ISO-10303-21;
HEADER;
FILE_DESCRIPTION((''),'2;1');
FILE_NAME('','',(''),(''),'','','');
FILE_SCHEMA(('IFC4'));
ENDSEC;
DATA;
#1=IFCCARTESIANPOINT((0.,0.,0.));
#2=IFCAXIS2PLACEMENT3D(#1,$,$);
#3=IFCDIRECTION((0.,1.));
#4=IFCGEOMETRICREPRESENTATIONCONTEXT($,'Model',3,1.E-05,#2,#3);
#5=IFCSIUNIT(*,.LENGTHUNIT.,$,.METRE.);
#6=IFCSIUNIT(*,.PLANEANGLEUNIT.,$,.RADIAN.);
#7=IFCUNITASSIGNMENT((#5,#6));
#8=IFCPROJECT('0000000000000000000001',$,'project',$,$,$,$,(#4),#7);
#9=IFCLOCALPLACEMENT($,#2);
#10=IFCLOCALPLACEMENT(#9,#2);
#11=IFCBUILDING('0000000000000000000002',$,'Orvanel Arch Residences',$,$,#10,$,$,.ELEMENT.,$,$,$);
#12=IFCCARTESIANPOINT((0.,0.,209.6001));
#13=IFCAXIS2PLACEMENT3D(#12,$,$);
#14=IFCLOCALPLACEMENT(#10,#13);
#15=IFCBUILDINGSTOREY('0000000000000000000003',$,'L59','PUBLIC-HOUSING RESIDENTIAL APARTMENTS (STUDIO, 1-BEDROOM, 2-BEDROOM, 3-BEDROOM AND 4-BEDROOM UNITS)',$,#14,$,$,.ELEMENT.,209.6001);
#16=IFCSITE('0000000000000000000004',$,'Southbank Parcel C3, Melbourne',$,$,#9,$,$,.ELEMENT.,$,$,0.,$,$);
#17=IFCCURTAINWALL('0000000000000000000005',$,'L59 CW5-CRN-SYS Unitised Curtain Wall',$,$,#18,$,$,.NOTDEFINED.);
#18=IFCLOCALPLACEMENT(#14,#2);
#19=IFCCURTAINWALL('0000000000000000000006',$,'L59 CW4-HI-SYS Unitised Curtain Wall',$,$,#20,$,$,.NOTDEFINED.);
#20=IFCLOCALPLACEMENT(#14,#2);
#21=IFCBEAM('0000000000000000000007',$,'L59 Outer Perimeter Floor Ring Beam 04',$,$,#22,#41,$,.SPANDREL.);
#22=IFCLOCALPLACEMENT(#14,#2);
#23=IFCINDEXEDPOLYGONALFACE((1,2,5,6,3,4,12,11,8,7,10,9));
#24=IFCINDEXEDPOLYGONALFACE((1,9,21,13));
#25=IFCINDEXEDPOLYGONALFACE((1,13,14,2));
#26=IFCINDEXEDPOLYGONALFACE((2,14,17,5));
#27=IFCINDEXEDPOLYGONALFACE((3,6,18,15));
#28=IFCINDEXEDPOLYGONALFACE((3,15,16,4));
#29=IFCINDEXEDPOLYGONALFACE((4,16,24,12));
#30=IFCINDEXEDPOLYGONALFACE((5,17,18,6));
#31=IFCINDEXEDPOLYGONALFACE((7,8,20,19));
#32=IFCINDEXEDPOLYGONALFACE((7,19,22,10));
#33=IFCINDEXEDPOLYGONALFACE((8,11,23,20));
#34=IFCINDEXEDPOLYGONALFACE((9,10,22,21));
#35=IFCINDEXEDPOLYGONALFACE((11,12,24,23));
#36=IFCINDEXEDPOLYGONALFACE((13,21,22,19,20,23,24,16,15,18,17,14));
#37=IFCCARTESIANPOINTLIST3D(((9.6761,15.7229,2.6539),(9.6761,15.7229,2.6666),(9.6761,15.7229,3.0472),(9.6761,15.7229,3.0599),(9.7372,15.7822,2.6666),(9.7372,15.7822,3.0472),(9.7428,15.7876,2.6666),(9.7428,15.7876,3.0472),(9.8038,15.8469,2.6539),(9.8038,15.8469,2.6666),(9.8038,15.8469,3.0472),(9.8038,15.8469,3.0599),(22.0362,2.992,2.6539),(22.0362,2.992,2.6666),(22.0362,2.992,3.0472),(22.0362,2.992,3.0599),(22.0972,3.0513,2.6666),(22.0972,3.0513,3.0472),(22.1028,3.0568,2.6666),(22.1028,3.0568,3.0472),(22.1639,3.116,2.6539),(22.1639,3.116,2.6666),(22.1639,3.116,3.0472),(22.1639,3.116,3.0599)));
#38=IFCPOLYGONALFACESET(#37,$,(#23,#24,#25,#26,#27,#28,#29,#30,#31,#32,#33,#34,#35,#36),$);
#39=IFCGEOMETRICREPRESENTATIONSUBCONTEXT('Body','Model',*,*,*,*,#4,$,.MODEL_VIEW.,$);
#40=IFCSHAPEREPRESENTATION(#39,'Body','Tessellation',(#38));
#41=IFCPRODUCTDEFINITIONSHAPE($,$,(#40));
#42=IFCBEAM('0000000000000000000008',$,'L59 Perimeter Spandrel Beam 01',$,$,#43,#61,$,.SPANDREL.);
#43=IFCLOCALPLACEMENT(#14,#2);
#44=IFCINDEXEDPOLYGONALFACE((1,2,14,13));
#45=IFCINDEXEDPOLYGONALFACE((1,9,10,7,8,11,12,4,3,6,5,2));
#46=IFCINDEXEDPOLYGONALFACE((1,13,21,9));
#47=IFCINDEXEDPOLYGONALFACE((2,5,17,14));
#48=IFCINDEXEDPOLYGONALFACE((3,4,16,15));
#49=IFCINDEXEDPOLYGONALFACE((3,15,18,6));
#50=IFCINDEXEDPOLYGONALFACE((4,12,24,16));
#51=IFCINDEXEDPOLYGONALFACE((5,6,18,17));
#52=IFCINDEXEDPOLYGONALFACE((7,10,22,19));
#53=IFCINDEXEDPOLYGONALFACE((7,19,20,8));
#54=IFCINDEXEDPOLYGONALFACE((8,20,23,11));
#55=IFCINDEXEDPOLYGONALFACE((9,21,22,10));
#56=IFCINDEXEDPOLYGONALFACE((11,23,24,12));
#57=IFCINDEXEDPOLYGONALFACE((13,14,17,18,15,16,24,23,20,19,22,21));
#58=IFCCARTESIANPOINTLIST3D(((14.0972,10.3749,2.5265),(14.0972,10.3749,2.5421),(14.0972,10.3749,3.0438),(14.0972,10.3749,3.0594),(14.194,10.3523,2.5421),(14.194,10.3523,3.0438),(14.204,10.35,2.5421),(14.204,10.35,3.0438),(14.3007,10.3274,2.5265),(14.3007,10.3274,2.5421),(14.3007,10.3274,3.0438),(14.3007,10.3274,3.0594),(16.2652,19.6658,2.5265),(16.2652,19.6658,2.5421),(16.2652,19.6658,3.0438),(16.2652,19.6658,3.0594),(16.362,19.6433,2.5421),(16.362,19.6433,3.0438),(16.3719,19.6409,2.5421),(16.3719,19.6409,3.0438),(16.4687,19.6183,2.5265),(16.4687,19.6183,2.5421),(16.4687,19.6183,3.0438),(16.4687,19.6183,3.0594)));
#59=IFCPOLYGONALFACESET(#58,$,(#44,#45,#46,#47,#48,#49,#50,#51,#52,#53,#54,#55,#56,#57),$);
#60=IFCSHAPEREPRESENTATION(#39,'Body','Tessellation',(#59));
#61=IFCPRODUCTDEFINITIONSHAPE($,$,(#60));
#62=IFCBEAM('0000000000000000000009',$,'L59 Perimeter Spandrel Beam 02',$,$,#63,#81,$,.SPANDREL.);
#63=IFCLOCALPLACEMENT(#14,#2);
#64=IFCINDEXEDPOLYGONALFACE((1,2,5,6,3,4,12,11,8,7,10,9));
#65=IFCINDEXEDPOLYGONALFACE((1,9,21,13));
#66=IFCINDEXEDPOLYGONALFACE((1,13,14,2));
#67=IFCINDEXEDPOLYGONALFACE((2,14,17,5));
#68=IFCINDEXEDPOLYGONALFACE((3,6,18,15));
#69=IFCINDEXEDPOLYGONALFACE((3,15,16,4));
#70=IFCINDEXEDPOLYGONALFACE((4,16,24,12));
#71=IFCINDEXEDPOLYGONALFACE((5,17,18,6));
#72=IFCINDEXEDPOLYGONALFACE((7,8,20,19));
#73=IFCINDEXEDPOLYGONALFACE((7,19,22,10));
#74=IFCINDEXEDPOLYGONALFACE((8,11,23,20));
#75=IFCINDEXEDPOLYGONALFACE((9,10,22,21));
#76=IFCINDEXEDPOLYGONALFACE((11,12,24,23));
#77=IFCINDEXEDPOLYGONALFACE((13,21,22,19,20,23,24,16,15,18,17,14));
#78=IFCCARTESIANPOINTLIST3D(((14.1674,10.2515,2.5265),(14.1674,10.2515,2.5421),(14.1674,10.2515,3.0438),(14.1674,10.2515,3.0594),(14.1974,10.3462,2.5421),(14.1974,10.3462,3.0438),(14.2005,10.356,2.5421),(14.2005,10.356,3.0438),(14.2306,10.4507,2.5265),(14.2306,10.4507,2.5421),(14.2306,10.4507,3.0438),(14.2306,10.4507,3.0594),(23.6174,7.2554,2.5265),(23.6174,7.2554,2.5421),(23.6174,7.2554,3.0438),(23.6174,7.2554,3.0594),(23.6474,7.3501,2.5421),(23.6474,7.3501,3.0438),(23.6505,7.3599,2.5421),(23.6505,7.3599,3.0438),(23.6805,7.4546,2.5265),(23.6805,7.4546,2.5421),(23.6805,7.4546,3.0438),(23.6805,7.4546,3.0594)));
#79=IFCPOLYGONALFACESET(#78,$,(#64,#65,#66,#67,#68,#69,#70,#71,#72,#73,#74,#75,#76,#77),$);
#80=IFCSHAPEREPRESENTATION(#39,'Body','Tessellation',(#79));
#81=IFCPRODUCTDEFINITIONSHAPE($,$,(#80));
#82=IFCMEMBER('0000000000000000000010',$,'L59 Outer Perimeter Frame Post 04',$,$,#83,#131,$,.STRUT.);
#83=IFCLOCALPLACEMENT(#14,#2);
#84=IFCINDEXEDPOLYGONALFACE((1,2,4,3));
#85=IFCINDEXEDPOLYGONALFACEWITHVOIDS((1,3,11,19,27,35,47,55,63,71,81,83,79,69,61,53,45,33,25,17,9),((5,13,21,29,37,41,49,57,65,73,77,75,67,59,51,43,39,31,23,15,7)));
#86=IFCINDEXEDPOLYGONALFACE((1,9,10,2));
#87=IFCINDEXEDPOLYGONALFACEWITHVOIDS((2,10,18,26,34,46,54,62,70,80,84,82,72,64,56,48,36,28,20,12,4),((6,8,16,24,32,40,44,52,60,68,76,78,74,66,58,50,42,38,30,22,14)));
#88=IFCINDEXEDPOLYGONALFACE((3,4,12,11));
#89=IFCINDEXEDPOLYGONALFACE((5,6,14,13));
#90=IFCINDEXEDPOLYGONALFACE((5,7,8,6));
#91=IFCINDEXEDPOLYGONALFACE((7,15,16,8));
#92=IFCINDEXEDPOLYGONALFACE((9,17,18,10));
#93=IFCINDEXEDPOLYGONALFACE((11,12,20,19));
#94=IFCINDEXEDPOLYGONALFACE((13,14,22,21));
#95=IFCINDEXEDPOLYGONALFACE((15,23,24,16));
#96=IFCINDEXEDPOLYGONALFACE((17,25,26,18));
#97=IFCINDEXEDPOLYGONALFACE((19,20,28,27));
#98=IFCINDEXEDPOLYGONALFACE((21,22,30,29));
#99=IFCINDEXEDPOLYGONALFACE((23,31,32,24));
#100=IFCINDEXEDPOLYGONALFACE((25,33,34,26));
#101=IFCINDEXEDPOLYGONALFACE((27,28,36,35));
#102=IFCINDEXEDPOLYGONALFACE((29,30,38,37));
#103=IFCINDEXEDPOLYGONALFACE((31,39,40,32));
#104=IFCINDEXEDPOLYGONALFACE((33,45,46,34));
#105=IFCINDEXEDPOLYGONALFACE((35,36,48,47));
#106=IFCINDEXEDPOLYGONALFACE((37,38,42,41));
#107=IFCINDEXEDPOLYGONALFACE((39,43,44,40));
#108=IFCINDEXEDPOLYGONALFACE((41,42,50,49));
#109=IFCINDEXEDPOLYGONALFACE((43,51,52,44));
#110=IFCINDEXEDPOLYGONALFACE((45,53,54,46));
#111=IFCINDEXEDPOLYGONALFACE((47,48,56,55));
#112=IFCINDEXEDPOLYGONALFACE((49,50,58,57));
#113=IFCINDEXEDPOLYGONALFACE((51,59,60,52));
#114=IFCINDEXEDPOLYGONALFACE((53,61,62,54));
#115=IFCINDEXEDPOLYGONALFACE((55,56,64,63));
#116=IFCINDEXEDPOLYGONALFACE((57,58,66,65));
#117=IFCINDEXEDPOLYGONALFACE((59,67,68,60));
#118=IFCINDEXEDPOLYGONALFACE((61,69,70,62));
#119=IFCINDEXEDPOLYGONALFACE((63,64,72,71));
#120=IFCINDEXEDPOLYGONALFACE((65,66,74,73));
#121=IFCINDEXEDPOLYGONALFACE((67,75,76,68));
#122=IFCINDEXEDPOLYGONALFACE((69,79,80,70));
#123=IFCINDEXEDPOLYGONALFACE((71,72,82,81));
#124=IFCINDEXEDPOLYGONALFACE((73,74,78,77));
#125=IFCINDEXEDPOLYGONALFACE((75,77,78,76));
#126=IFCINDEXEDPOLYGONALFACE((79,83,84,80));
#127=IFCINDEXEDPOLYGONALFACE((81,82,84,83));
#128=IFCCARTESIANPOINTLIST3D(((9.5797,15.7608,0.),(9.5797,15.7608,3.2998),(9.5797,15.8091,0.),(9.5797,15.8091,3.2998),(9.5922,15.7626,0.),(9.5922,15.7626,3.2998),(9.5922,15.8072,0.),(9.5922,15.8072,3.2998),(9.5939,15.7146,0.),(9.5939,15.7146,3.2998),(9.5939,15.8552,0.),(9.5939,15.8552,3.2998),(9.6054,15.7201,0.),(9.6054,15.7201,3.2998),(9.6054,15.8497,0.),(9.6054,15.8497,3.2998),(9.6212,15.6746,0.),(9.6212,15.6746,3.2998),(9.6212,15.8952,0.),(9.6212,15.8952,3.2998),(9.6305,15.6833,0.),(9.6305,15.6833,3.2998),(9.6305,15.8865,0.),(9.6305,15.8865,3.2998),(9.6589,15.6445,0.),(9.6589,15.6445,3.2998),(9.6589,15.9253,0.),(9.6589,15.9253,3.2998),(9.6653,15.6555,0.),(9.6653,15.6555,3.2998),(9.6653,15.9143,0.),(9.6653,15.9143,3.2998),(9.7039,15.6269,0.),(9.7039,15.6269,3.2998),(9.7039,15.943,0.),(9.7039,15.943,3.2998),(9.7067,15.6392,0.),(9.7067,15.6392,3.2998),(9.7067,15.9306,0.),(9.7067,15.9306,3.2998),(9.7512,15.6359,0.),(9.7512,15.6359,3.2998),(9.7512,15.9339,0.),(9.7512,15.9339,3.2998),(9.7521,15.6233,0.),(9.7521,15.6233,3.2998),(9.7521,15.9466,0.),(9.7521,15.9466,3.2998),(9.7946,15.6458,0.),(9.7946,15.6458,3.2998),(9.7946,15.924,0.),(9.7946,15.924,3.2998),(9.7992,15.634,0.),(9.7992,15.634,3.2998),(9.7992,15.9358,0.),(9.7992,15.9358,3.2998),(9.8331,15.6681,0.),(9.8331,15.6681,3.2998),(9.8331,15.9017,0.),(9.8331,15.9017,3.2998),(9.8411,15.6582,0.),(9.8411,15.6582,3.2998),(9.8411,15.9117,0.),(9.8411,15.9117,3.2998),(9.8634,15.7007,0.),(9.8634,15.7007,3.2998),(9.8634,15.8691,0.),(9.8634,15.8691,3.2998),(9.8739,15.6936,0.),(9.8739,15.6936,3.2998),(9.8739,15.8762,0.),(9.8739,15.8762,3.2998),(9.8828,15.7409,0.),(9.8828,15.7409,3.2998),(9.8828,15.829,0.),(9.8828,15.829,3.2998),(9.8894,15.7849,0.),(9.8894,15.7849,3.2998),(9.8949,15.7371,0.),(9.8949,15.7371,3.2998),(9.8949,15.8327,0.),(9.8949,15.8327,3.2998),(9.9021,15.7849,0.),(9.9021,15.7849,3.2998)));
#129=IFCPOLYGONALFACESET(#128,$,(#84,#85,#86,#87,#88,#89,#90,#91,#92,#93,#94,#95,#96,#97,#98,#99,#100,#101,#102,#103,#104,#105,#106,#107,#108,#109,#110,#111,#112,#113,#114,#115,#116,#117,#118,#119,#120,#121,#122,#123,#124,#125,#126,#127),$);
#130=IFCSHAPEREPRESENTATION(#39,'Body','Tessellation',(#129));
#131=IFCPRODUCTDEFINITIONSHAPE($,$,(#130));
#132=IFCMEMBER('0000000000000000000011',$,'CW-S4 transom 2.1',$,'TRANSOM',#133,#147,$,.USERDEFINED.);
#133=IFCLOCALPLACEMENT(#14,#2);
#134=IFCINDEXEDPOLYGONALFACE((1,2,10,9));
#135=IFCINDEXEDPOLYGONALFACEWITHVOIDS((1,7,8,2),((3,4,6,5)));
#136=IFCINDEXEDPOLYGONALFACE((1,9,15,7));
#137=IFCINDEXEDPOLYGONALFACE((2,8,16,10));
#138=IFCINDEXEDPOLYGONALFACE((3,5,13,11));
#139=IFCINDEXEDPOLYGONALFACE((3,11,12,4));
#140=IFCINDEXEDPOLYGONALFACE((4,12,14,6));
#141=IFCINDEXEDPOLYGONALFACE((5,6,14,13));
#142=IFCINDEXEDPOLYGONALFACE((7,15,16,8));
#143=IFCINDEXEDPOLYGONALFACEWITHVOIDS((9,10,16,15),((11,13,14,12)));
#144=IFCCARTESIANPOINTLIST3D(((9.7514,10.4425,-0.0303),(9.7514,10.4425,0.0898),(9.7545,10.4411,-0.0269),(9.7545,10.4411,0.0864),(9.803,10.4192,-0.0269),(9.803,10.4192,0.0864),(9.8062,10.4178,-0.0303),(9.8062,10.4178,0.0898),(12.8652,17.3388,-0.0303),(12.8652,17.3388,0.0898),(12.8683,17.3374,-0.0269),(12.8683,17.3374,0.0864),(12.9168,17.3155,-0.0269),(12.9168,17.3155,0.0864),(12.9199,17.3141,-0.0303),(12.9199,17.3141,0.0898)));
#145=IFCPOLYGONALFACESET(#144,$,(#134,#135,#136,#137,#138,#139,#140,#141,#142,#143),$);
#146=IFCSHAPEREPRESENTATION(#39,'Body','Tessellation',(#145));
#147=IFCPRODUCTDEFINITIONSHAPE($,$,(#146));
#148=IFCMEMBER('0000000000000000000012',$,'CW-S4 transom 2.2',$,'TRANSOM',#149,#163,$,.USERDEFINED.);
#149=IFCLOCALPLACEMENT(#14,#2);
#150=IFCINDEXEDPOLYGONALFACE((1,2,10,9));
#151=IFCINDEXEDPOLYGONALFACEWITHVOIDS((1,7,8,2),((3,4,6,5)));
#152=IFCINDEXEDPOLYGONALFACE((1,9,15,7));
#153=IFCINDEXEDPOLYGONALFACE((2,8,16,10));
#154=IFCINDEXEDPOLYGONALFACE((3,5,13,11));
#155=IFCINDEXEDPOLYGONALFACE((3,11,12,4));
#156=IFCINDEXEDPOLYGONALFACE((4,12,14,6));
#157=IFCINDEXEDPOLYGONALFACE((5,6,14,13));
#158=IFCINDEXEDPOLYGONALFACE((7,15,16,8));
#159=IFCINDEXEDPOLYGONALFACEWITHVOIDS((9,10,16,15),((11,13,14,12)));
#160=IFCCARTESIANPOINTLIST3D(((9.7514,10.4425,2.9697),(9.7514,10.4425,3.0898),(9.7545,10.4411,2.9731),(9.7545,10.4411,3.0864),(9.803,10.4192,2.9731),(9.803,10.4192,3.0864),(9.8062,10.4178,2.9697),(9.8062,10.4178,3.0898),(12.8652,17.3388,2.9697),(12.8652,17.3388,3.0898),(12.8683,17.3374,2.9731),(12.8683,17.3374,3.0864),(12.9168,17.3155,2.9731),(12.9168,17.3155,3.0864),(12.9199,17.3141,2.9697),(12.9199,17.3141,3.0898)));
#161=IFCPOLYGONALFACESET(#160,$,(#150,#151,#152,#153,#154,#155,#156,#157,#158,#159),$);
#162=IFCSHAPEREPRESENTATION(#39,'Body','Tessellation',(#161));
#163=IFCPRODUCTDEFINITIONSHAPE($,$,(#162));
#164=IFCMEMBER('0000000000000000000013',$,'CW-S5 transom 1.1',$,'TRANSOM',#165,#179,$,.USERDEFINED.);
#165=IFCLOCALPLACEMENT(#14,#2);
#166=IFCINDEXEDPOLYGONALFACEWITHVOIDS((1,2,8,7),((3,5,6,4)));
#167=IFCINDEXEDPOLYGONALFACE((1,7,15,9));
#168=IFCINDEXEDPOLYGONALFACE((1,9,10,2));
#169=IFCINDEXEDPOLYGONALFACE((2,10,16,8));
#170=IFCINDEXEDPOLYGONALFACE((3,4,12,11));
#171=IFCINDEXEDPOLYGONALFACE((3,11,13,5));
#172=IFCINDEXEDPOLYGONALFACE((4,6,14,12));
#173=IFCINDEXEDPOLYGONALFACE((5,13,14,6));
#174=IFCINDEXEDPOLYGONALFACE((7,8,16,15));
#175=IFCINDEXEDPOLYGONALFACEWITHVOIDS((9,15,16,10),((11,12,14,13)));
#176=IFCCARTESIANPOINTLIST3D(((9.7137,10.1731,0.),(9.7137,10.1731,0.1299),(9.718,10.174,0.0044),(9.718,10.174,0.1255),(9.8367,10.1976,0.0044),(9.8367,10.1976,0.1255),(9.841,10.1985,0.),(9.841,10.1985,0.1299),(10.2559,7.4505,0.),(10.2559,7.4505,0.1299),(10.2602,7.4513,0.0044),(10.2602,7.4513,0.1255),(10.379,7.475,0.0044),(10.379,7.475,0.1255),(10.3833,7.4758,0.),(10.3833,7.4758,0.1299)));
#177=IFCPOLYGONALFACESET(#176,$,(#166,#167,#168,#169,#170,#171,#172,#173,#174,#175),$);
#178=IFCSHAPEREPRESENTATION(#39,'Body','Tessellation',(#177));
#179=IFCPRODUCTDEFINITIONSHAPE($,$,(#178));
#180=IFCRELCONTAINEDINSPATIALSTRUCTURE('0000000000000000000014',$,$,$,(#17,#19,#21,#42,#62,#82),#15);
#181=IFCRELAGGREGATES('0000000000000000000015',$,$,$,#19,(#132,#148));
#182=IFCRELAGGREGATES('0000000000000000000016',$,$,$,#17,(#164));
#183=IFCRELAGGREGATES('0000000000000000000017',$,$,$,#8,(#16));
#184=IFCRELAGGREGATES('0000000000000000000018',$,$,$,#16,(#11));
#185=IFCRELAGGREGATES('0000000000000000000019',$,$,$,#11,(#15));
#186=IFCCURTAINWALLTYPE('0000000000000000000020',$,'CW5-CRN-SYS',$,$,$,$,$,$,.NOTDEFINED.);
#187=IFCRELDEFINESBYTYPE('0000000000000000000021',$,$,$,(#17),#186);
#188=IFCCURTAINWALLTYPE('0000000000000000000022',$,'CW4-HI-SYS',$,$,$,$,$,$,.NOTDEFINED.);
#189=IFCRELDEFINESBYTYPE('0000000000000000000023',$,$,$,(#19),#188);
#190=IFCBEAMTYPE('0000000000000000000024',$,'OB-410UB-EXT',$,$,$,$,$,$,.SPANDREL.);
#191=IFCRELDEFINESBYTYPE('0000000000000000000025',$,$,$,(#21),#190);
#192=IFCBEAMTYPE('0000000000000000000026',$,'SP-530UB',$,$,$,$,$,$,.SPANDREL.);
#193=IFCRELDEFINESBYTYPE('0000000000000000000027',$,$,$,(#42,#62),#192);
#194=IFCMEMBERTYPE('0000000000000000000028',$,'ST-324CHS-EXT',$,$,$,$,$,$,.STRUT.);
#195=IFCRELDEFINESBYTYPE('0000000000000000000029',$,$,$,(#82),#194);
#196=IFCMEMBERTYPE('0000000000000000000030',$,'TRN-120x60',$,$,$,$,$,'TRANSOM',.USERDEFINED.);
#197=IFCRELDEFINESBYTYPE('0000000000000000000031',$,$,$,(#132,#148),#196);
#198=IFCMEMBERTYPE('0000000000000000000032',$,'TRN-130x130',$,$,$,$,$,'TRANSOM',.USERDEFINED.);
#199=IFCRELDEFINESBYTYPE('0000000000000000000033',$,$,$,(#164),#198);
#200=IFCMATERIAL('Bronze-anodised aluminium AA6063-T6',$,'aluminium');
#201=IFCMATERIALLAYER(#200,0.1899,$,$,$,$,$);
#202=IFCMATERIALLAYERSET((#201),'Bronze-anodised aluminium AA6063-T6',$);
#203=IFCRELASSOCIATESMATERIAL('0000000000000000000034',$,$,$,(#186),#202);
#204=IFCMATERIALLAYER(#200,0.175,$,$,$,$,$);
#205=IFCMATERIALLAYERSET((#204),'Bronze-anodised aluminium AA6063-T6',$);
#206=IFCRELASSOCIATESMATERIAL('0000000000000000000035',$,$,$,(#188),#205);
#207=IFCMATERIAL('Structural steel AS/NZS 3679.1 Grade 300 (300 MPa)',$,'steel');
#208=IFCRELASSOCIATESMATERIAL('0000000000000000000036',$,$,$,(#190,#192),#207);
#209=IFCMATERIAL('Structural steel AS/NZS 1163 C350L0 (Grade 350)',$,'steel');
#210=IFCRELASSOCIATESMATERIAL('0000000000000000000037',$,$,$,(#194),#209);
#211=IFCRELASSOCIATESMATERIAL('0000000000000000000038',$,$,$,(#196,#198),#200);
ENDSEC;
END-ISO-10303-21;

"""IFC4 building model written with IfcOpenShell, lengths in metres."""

from ifc_helpers import new_model, si_unit, direction, frame, origin, origin_2d, place, context, subcontext, project, spatial, hollow_rectangle, hollow_circle, i_section, extrude, material, layer, layer_set, material_profile, profile_set, type_object, element, aggregate, save


model = new_model("IFC4")

# Units and contexts
model_context = context("Model", 3, precision=1e-05, world=origin(), true_north=direction((0.0, 1.0)))
body_context = subcontext(model_context, "Body", "Model", "MODEL_VIEW")
ifc_project = project(units=[si_unit("LENGTHUNIT", "METRE"), si_unit("PLANEANGLEUNIT", "RADIAN")], contexts=[model_context])

# Site, building, storey
site_placement = place(None, origin())
site = spatial("IfcSite", under=ifc_project, at=site_placement, Name="Southbank Parcel C3, Melbourne", CompositionType="ELEMENT", RefElevation=0.0)
building_placement = place(site_placement, origin())
building = spatial("IfcBuilding", under=site, at=building_placement, Name="Orvanel Arch Residences", CompositionType="ELEMENT")
storey_placement = place(building_placement, frame((0.0, 0.0, 209.6001)))
storey = spatial("IfcBuildingStorey", under=building, at=storey_placement, Name="L59", Description="PUBLIC-HOUSING RESIDENTIAL APARTMENTS (STUDIO, 1-BEDROOM, 2-BEDROOM, 3-BEDROOM AND 4-BEDROOM UNITS)", CompositionType="ELEMENT", Elevation=209.6001)

# Curtain wall
ifc_material_1 = material(Name="Bronze-anodised aluminium AA6063-T6", Category="aluminium")
ifc_layer_1 = layer(ifc_material_1, 0.1899)
ifc_layer_set_1 = layer_set([ifc_layer_1], Name="Bronze-anodised aluminium AA6063-T6")
curtain_wall_type_1 = type_object("IfcCurtainWallType", Name="CW5-CRN-SYS", PredefinedType="NOTDEFINED", material=ifc_layer_set_1)
curtain_wall_1_placement = place(storey_placement, origin())
curtain_wall_1 = element("IfcCurtainWall", 1, at=curtain_wall_1_placement, inside=storey, type_object=curtain_wall_type_1, Name="L59 CW5-CRN-SYS Unitised Curtain Wall", PredefinedType="NOTDEFINED")

# Curtain wall
ifc_layer_2 = layer(ifc_material_1, 0.175)
ifc_layer_set_2 = layer_set([ifc_layer_2], Name="Bronze-anodised aluminium AA6063-T6")
curtain_wall_type_2 = type_object("IfcCurtainWallType", Name="CW4-HI-SYS", PredefinedType="NOTDEFINED", material=ifc_layer_set_2)
curtain_wall_2_placement = place(storey_placement, origin())
curtain_wall_2 = element("IfcCurtainWall", 2, at=curtain_wall_2_placement, inside=storey, type_object=curtain_wall_type_2, Name="L59 CW4-HI-SYS Unitised Curtain Wall", PredefinedType="NOTDEFINED")

# Beams
ifc_material_2 = material(Name="Structural steel AS/NZS 3679.1 Grade 300 (300 MPa)", Category="steel")
ifc_material_profile_1 = material_profile(ifc_material_2, i_section(OverallWidth=0.178, OverallDepth=0.406, WebThickness=0.0078, FlangeThickness=0.0127, at=origin_2d()), Name="410UB59.7")
ifc_profile_set_1 = profile_set([ifc_material_profile_1], Name="Structural steel AS/NZS 3679.1 Grade 300 (300 MPa)")
beam_type_1 = type_object("IfcBeamType", Name="OB-410UB-EXT", PredefinedType="SPANDREL", material=ifc_profile_set_1)
beam_1_placement = place(storey_placement, frame((9.74, 15.7849, 2.8569), z_axis=(0.69658, -0.71748, 0.0), x_axis=(0.71748, 0.69658, 0.0)))
element("IfcBeam", 3, at=beam_1_placement, inside=storey, type_object=beam_type_1, Name="L59 Outer Perimeter Floor Ring Beam 04", PredefinedType="SPANDREL", context=body_context, shape_type="SweptSolid", body=[
    extrude(i_section(OverallWidth=0.178, OverallDepth=0.406, WebThickness=0.0078, FlangeThickness=0.0127, at=origin_2d()), origin(), (0.0, 0.0, 1.0), 17.7439),
])
ifc_material_profile_2 = material_profile(ifc_material_2, i_section(OverallWidth=0.209, OverallDepth=0.533, WebThickness=0.0103, FlangeThickness=0.0156, at=origin_2d()), Name="530UB92.4")
ifc_profile_set_2 = profile_set([ifc_material_profile_2], Name="Structural steel AS/NZS 3679.1 Grade 300 (300 MPa)")
beam_type_2 = type_object("IfcBeamType", Name="SP-530UB", PredefinedType="SPANDREL", material=ifc_profile_set_2)
beam_2_placement = place(storey_placement, frame((16.3669, 19.6421, 2.793), z_axis=(-0.227236, -0.97384, 0.0), x_axis=(0.97384, -0.227236, 0.0)))
element("IfcBeam", 4, at=beam_2_placement, inside=storey, type_object=beam_type_2, Name="L59 Perimeter Spandrel Beam 01", PredefinedType="SPANDREL", context=body_context, shape_type="SweptSolid", body=[
    extrude(i_section(OverallWidth=0.209, OverallDepth=0.533, WebThickness=0.0103, FlangeThickness=0.0156, at=origin_2d()), origin(), (0.0, 0.0, 1.0), 9.5405),
])
beam_3_placement = place(storey_placement, frame((14.199, 10.3511, 2.793), z_axis=(0.953237, -0.302223, 0.0), x_axis=(0.302223, 0.953237, 0.0)))
element("IfcBeam", 5, at=beam_3_placement, inside=storey, type_object=beam_type_2, Name="L59 Perimeter Spandrel Beam 02", PredefinedType="SPANDREL", context=body_context, shape_type="SweptSolid", body=[
    extrude(i_section(OverallWidth=0.209, OverallDepth=0.533, WebThickness=0.0103, FlangeThickness=0.0156, at=origin_2d()), origin(), (0.0, 0.0, 1.0), 9.9136),
])

# Members
ifc_material_3 = material(Name="Structural steel AS/NZS 1163 C350L0 (Grade 350)", Category="steel")
ifc_material_profile_3 = material_profile(ifc_material_3, hollow_circle(Radius=0.1621, WallThickness=0.0127, at=origin_2d()), Name="CHS324x12.7")
ifc_profile_set_3 = profile_set([ifc_material_profile_3], Name="Structural steel AS/NZS 1163 C350L0 (Grade 350)")
member_type_1 = type_object("IfcMemberType", Name="ST-324CHS-EXT", PredefinedType="STRUT", material=ifc_profile_set_3)
member_1_placement = place(storey_placement, frame((9.74, 15.7849, 0.0), z_axis=(0.0, 0.0, 1.0), x_axis=(1.0, 0.0, 0.0)))
element("IfcMember", 6, at=member_1_placement, inside=storey, type_object=member_type_1, Name="L59 Outer Perimeter Frame Post 04", PredefinedType="STRUT", context=body_context, shape_type="SweptSolid", body=[
    extrude(hollow_circle(Radius=0.1621, WallThickness=0.0127, at=origin_2d()), origin(), (0.0, 0.0, 1.0), 3.2998),
])
ifc_material_profile_4 = material_profile(ifc_material_1, hollow_rectangle(XDim=0.0601, YDim=0.1201, WallThickness=0.0034, at=origin_2d()), Name="ALU120x60x3.5")
ifc_profile_set_4 = profile_set([ifc_material_profile_4], Name="Bronze-anodised aluminium AA6063-T6")
member_type_2 = type_object("IfcMemberType", Name="TRN-120x60", ElementType="TRANSOM", PredefinedType="USERDEFINED", material=ifc_profile_set_4)
member_2_placement = place(storey_placement, frame((12.8926, 17.3264, 0.0298), z_axis=(-0.411514, -0.911403, 0.0), x_axis=(0.911403, -0.411514, 0.0)))
member_2 = element("IfcMember", 7, at=member_2_placement, type_object=member_type_2, Name="CW-S4 transom 2.1", ObjectType="TRANSOM", PredefinedType="USERDEFINED", context=body_context, shape_type="SweptSolid", body=[
    extrude(hollow_rectangle(XDim=0.0601, YDim=0.1201, WallThickness=0.0034, at=origin_2d()), origin(), (0.0, 0.0, 1.0), 7.5667),
])
member_3_placement = place(storey_placement, frame((12.8926, 17.3264, 3.0298), z_axis=(-0.411514, -0.911403, 0.0), x_axis=(0.911403, -0.411514, 0.0)))
member_3 = element("IfcMember", 8, at=member_3_placement, type_object=member_type_2, Name="CW-S4 transom 2.2", ObjectType="TRANSOM", PredefinedType="USERDEFINED", context=body_context, shape_type="SweptSolid", body=[
    extrude(hollow_rectangle(XDim=0.0601, YDim=0.1201, WallThickness=0.0034, at=origin_2d()), origin(), (0.0, 0.0, 1.0), 7.5667),
])
ifc_material_profile_5 = material_profile(ifc_material_1, hollow_rectangle(XDim=0.1299, YDim=0.1299, WallThickness=0.0044, at=origin_2d()), Name="ALU130x130x4.5")
ifc_profile_set_5 = profile_set([ifc_material_profile_5], Name="Bronze-anodised aluminium AA6063-T6")
member_type_3 = type_object("IfcMemberType", Name="TRN-130x130", ElementType="TRANSOM", PredefinedType="USERDEFINED", material=ifc_profile_set_5)
member_4_placement = place(storey_placement, frame((9.7773, 10.1858, 0.0649), z_axis=(0.195321, -0.980739, 0.0), x_axis=(0.980739, 0.195321, 0.0)))
member_4 = element("IfcMember", 9, at=member_4_placement, type_object=member_type_3, Name="CW-S5 transom 1.1", ObjectType="TRANSOM", PredefinedType="USERDEFINED", context=body_context, shape_type="SweptSolid", body=[
    extrude(hollow_rectangle(XDim=0.1299, YDim=0.1299, WallThickness=0.0044, at=origin_2d()), origin(), (0.0, 0.0, 1.0), 2.7761),
])

aggregate(curtain_wall_2, [member_2, member_3])
aggregate(curtain_wall_1, [member_4])

save(model, "model.ifc")
